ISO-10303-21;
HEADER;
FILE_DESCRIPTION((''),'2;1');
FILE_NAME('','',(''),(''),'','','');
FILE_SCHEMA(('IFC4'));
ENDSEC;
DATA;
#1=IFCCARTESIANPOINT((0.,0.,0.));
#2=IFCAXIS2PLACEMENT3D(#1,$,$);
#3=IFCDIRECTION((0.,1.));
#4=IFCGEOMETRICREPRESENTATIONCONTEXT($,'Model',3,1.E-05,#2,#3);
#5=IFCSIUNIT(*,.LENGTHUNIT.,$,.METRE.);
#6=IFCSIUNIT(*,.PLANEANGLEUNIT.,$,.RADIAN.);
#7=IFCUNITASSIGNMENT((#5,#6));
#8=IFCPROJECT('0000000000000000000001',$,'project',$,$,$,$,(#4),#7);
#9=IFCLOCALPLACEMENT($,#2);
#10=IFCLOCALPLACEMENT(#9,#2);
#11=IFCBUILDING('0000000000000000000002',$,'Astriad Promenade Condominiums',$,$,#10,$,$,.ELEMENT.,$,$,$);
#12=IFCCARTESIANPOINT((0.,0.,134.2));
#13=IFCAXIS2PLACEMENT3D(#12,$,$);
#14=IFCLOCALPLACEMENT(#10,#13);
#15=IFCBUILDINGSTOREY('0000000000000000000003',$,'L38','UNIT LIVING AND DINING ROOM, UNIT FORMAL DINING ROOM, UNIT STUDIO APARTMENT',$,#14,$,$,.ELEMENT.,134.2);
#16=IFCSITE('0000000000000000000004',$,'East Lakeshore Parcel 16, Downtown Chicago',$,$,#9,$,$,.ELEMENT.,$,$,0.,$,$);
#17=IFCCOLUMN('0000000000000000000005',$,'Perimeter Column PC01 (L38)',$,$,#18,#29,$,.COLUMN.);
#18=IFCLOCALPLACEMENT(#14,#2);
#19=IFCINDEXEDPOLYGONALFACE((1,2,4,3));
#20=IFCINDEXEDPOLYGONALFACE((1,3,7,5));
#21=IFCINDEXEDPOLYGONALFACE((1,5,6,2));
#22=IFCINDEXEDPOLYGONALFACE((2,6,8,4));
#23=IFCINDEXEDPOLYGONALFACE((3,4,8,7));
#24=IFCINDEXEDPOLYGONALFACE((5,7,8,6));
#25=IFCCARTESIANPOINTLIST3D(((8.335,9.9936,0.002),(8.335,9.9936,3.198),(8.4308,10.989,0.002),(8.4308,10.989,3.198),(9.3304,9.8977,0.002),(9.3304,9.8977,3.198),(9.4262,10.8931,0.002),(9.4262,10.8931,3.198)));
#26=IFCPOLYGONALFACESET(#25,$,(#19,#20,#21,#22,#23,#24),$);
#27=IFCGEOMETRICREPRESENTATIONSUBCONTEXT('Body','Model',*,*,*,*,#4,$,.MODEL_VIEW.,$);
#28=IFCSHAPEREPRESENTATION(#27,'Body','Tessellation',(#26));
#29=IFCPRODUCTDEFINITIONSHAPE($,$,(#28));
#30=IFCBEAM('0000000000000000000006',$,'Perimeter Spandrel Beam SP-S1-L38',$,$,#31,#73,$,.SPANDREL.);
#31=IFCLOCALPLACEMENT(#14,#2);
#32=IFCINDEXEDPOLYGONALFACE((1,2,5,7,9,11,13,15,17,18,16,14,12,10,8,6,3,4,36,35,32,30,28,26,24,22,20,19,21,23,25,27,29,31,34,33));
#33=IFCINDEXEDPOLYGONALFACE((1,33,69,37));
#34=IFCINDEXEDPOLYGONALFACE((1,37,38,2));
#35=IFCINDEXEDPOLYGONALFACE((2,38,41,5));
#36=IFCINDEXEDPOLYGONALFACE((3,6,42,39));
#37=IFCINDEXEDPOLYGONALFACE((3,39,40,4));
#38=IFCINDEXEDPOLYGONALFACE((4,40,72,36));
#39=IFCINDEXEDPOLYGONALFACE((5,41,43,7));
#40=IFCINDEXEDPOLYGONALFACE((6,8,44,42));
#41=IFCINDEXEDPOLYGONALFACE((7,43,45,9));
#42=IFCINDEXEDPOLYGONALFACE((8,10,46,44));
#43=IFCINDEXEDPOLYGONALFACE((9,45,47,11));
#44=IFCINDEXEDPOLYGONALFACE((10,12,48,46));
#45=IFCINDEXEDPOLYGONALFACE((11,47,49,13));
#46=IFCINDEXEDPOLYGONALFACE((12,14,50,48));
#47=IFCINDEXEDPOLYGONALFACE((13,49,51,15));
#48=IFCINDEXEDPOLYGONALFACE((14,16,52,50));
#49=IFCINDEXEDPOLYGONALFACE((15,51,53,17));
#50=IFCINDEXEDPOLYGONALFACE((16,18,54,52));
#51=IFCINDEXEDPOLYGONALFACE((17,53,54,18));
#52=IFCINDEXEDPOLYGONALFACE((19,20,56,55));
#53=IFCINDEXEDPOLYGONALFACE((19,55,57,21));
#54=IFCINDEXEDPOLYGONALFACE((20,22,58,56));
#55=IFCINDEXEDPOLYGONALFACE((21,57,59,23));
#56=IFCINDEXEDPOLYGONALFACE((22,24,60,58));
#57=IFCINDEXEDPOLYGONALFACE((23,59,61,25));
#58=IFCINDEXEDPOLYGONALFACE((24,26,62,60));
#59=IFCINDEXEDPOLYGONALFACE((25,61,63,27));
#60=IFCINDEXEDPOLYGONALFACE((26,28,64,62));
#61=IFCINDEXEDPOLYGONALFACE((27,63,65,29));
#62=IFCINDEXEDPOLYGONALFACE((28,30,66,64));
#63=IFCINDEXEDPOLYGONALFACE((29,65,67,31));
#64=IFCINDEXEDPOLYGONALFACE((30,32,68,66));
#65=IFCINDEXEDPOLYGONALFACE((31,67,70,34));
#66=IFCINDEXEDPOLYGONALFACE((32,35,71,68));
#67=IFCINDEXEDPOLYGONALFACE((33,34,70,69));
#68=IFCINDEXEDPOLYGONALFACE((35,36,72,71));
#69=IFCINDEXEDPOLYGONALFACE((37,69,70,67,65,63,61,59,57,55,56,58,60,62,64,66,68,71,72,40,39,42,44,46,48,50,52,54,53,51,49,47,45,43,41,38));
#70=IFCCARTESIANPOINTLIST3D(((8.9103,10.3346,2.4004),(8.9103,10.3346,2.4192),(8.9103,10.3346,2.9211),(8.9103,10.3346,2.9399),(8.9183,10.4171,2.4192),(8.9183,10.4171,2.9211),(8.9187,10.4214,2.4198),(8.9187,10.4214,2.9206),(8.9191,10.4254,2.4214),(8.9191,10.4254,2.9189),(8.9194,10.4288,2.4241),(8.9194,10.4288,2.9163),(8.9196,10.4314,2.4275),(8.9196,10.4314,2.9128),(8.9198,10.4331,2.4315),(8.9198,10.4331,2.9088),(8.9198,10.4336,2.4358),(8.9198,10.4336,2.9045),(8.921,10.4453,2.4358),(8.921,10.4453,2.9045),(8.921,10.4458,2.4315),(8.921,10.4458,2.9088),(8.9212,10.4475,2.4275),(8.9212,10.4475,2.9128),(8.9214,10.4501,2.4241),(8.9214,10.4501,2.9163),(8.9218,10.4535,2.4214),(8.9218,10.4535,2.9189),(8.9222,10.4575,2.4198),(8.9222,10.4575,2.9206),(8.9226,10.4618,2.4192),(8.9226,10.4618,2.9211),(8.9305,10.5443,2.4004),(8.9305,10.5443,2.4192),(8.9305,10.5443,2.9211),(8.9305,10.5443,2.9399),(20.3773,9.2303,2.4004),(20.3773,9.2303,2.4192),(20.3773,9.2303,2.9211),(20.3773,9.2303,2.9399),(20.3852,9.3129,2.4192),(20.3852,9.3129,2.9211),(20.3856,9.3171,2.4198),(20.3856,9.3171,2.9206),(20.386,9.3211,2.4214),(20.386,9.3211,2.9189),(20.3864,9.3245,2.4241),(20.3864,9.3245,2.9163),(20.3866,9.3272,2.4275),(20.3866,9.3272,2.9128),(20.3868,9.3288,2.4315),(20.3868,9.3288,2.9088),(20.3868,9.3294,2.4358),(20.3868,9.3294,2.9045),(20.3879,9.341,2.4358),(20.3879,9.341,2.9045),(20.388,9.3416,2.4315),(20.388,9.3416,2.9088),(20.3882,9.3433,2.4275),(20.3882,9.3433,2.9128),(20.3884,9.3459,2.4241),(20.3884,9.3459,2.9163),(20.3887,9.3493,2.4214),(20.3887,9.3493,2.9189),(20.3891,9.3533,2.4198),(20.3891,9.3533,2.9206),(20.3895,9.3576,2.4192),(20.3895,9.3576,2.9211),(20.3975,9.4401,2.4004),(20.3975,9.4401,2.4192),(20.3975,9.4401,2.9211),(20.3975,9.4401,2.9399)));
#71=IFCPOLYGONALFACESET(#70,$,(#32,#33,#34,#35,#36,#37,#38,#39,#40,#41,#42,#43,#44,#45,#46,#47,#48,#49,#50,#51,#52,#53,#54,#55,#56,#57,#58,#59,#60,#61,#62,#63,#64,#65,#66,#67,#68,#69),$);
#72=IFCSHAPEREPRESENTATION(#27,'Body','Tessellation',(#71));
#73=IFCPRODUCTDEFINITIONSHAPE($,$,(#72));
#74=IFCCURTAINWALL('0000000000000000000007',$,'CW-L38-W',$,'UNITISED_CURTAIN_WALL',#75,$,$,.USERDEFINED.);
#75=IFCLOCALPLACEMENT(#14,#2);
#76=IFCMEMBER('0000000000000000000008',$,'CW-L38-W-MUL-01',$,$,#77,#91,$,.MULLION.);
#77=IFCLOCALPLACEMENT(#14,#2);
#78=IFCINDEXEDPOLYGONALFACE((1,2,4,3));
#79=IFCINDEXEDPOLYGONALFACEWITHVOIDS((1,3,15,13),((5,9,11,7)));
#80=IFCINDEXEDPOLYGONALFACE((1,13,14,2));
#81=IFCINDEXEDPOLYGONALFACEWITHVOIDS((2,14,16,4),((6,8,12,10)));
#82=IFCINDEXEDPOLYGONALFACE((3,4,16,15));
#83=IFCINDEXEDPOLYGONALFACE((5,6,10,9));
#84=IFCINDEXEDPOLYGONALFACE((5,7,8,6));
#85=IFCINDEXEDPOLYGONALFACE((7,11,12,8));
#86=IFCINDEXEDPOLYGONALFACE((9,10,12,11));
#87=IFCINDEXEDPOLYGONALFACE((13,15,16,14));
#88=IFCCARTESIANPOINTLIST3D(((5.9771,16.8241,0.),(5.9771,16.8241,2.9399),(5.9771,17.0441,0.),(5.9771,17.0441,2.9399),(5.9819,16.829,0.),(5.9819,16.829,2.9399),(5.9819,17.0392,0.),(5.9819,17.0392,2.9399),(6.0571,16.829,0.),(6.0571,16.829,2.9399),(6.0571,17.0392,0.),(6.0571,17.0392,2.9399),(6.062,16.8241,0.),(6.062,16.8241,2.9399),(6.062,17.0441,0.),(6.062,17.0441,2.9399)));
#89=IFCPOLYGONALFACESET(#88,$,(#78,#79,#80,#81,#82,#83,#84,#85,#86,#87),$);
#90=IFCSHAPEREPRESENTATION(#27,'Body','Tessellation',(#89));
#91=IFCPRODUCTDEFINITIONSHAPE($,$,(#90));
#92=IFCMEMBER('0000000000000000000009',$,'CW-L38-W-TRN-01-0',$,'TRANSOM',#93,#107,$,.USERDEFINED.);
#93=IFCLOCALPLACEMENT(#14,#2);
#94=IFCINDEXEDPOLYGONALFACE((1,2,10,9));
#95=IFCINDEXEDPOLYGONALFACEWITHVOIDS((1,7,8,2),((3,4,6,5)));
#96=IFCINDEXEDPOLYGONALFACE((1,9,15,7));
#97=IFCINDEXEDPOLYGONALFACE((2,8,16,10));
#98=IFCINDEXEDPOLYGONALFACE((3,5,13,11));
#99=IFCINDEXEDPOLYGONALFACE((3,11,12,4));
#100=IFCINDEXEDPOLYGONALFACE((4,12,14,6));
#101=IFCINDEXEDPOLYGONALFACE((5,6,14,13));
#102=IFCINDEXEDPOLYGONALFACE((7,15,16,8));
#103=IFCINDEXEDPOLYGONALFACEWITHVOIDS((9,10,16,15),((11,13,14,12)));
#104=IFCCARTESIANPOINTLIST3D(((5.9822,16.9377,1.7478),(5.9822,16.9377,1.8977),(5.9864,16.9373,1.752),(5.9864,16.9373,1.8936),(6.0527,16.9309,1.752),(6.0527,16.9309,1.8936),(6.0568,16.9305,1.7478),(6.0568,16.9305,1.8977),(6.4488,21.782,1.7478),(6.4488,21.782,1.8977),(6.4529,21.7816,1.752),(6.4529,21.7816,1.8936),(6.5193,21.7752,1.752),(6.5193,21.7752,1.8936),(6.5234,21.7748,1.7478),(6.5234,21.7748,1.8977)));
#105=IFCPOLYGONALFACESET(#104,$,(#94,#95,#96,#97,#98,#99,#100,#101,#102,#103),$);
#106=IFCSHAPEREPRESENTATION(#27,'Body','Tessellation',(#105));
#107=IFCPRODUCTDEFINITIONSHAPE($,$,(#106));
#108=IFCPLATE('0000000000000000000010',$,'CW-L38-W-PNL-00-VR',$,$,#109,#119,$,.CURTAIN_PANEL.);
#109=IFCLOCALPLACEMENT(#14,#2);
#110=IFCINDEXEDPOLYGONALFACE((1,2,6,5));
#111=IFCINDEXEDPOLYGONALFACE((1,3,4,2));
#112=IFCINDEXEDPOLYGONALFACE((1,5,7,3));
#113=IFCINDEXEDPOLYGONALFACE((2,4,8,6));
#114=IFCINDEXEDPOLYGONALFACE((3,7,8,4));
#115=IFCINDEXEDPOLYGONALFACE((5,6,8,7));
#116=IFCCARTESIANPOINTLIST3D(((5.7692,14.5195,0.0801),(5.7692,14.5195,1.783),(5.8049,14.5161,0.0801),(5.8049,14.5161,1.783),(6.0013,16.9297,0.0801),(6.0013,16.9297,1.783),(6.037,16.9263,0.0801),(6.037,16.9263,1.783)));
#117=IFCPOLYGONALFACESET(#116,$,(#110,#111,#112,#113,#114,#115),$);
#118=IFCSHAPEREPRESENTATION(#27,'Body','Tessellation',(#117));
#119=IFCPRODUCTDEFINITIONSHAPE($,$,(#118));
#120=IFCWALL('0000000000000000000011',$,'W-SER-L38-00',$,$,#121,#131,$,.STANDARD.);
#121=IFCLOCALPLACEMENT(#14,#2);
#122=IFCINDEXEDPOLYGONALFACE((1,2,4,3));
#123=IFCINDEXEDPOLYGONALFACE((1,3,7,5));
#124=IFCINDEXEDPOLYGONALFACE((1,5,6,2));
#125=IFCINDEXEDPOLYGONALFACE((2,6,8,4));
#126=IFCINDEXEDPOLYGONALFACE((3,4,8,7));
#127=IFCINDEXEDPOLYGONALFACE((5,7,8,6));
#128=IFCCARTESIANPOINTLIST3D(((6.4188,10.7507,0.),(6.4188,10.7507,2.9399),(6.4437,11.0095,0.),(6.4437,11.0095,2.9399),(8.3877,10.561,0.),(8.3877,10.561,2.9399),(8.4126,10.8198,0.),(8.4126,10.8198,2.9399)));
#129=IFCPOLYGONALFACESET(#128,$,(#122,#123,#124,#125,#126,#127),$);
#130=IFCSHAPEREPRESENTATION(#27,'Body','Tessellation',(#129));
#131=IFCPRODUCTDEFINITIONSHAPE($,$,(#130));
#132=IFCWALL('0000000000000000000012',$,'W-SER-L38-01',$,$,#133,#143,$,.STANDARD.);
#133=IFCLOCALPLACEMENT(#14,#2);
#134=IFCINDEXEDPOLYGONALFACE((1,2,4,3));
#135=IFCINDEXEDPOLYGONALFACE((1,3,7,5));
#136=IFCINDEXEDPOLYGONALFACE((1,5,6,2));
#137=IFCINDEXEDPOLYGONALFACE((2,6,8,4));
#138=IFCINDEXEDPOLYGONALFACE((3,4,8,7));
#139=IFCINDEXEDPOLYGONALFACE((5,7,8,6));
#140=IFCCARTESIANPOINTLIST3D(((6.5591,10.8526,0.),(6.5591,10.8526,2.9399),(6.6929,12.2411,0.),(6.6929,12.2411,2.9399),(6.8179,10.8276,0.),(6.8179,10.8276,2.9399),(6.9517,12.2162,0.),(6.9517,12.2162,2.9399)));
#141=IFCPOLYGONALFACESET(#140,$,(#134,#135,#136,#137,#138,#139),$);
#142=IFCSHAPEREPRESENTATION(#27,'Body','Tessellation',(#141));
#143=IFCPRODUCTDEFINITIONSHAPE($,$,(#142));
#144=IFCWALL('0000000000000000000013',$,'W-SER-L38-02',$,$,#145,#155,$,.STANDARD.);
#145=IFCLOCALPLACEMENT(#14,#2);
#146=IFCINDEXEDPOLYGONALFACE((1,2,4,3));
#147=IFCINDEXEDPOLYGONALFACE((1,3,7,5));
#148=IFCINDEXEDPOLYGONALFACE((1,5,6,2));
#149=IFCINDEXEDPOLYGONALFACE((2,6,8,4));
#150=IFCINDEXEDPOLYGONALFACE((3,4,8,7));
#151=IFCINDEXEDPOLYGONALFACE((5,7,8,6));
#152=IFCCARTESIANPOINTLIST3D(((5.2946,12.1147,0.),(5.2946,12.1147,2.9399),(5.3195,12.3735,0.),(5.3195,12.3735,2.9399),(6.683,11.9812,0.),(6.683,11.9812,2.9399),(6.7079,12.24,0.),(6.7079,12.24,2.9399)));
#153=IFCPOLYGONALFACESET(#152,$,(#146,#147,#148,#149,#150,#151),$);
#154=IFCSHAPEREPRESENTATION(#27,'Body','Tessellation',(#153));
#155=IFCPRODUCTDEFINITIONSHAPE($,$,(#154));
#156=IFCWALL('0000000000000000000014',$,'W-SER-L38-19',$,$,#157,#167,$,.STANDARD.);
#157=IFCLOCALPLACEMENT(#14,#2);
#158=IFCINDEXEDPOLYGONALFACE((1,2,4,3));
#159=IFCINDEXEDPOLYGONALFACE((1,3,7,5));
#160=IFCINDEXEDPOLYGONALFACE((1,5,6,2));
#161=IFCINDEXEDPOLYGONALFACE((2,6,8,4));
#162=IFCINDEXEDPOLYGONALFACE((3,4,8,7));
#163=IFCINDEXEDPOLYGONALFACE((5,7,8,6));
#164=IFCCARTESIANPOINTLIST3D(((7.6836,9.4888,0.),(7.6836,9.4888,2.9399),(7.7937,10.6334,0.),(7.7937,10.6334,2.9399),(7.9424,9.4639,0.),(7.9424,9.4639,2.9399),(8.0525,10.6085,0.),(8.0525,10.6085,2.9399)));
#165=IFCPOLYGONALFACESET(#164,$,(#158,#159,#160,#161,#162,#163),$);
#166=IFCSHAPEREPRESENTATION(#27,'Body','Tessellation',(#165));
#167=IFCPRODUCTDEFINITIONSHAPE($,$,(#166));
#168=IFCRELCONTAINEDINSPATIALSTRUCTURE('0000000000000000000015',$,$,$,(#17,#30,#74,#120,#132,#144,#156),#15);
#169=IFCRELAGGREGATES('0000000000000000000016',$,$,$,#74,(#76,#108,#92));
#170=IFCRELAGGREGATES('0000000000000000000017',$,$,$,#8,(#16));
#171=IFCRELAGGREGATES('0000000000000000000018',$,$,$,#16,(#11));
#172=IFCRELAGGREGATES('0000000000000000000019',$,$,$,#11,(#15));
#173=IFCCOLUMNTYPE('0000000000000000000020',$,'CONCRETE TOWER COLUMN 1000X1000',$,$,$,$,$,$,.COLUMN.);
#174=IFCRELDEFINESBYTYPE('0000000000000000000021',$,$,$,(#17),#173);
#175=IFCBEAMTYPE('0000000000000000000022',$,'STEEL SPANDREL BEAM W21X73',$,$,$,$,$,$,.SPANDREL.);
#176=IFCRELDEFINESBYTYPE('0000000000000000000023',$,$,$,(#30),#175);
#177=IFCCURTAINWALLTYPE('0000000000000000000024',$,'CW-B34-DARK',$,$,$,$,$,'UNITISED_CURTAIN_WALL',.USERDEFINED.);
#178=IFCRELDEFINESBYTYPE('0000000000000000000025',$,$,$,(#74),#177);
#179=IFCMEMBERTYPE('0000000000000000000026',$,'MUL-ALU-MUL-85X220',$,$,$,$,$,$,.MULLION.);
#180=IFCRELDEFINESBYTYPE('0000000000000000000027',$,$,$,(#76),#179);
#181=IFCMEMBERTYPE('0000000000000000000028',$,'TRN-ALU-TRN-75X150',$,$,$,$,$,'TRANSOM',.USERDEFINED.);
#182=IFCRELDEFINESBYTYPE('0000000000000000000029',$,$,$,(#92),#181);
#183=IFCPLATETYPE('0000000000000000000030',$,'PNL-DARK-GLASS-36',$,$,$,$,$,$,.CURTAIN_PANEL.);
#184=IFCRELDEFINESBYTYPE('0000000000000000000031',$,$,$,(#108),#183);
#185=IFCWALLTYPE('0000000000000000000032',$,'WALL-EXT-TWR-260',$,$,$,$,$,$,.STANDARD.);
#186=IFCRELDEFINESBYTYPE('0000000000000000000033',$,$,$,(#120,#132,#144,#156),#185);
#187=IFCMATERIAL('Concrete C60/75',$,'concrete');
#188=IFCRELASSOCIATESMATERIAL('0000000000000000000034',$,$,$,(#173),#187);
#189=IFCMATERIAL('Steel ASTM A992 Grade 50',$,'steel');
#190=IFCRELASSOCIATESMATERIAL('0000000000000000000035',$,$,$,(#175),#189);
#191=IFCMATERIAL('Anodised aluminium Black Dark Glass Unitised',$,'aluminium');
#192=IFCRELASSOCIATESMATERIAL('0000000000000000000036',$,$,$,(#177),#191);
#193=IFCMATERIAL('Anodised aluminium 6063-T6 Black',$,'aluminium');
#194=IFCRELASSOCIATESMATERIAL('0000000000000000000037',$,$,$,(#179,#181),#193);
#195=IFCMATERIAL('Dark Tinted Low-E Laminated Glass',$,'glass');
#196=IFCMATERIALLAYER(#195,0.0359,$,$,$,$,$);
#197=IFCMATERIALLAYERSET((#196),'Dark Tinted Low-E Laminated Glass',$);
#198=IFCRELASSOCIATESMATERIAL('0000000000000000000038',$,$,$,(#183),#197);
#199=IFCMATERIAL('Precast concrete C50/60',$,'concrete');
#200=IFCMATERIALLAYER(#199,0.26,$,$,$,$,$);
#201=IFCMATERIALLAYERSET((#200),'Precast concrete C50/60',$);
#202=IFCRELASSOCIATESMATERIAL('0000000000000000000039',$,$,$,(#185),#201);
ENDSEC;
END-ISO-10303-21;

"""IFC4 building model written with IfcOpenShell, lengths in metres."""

from ifc_helpers import new_model, si_unit, direction, frame, frame_2d, origin, origin_2d, place, context, subcontext, project, spatial, rectangle, hollow_rectangle, i_section, extrude, source, transform, mapped, material, layer, layer_set, material_profile, profile_set, type_object, type_shapes, element, aggregate, save


model = new_model("IFC4")

# Units and contexts
model_context = context("Model", 3, precision=1e-05, world=origin(), true_north=direction((0.0, 1.0)))
body_context = subcontext(model_context, "Body", "Model", "MODEL_VIEW")
ifc_project = project(units=[si_unit("LENGTHUNIT", "METRE"), si_unit("PLANEANGLEUNIT", "RADIAN")], contexts=[model_context])

# Site, building, storey
site_placement = place(None, origin())
site = spatial("IfcSite", under=ifc_project, at=site_placement, Name="East Lakeshore Parcel 16, Downtown Chicago", CompositionType="ELEMENT", RefElevation=0.0)
building_placement = place(site_placement, origin())
building = spatial("IfcBuilding", under=site, at=building_placement, Name="Astriad Promenade Condominiums", CompositionType="ELEMENT")
storey_placement = place(building_placement, frame((0.0, 0.0, 134.2)))
storey = spatial("IfcBuildingStorey", under=building, at=storey_placement, Name="L38", Description="UNIT LIVING AND DINING ROOM, UNIT FORMAL DINING ROOM, UNIT STUDIO APARTMENT", CompositionType="ELEMENT", Elevation=134.2)

# Column
ifc_material_1 = material(Name="Concrete C60/75", Category="concrete")
ifc_material_profile_1 = material_profile(ifc_material_1, rectangle(XDim=1.0, YDim=1.0, at=origin_2d()), Name="RC-COL-1000X1000")
ifc_profile_set_1 = profile_set([ifc_material_profile_1], Name="Concrete C60/75")
column_type = type_object("IfcColumnType", Name="CONCRETE TOWER COLUMN 1000X1000", PredefinedType="COLUMN", material=ifc_profile_set_1)
shared_shape_1 = source(origin(), body_context, "Body", "SweptSolid", [
    extrude(rectangle(XDim=1.0, YDim=1.0, at=origin_2d()), origin(), (0.0, 0.0, 1.0), 3.196),
])
type_shapes(column_type, [shared_shape_1])
column_placement = place(storey_placement, frame((8.8806, 10.4434, 0.002), z_axis=(0.0, 0.0, 1.0), x_axis=(0.995396, -0.095846, 0.0)))
element("IfcColumn", 1, at=column_placement, inside=storey, type_object=column_type, Name="Perimeter Column PC01 (L38)", PredefinedType="COLUMN", context=body_context, shape_type="MappedRepresentation", body=[
    mapped(shared_shape_1, transform((0.0, 0.0, 0.0), scale=1.0)),
])

# Beam
ifc_material_2 = material(Name="Steel ASTM A992 Grade 50", Category="steel")
ifc_material_profile_2 = material_profile(ifc_material_2, i_section(OverallWidth=0.2107, OverallDepth=0.5396, WebThickness=0.0117, FlangeThickness=0.0188, FilletRadius=0.0166, at=origin_2d()), Name="W21X73")
ifc_profile_set_2 = profile_set([ifc_material_profile_2], Name="Steel ASTM A992 Grade 50")
beam_type = type_object("IfcBeamType", Name="STEEL SPANDREL BEAM W21X73", PredefinedType="SPANDREL", material=ifc_profile_set_2)
shared_shape_2 = source(origin(), body_context, "Body", "SweptSolid", [
    extrude(i_section(OverallWidth=0.2107, OverallDepth=0.5396, WebThickness=0.0117, FlangeThickness=0.0188, FilletRadius=0.0166, at=origin_2d()), origin(), (0.0, 0.0, 1.0), 11.52),
])
type_shapes(beam_type, [shared_shape_2])
beam_placement = place(storey_placement, frame((8.9204, 10.4395, 2.6702), z_axis=(0.995395, -0.095854, 0.0), x_axis=(0.095854, 0.995395, 0.0)))
element("IfcBeam", 2, at=beam_placement, inside=storey, type_object=beam_type, Name="Perimeter Spandrel Beam SP-S1-L38", PredefinedType="SPANDREL", context=body_context, shape_type="MappedRepresentation", body=[
    mapped(shared_shape_2, transform((0.0, 0.0, 0.0), scale=1.0)),
])

# Curtain wall, members, plate
ifc_material_3 = material(Name="Anodised aluminium Black Dark Glass Unitised", Category="aluminium")
curtain_wall_type = type_object("IfcCurtainWallType", Name="CW-B34-DARK", ElementType="UNITISED_CURTAIN_WALL", PredefinedType="USERDEFINED", material=ifc_material_3)
curtain_wall_placement = place(storey_placement, origin())
curtain_wall = element("IfcCurtainWall", 3, at=curtain_wall_placement, inside=storey, type_object=curtain_wall_type, Name="CW-L38-W", ObjectType="UNITISED_CURTAIN_WALL", PredefinedType="USERDEFINED")
ifc_material_4 = material(Name="Anodised aluminium 6063-T6 Black", Category="aluminium")
ifc_material_profile_3 = material_profile(ifc_material_4, hollow_rectangle(XDim=0.085, YDim=0.22, WallThickness=0.0049, at=origin_2d()), Name="ALU-MUL-85X220")
ifc_profile_set_3 = profile_set([ifc_material_profile_3], Name="Anodised aluminium 6063-T6 Black")
member_type_1 = type_object("IfcMemberType", Name="MUL-ALU-MUL-85X220", PredefinedType="MULLION", material=ifc_profile_set_3)
shared_shape_3 = source(origin(), body_context, "Body", "SweptSolid", [
    extrude(hollow_rectangle(XDim=0.085, YDim=0.22, WallThickness=0.0049, at=origin_2d()), origin(), (0.0, 0.0, 1.0), 2.9399),
])
type_shapes(member_type_1, [shared_shape_3])
member_1_placement = place(storey_placement, frame((6.0195, 16.9341, 0.0), z_axis=(0.0, 0.0, 1.0), x_axis=(1.0, 0.0, 0.0)))
member_1 = element("IfcMember", 4, at=member_1_placement, type_object=member_type_1, Name="CW-L38-W-MUL-01", PredefinedType="MULLION", context=body_context, shape_type="MappedRepresentation", body=[
    mapped(shared_shape_3, transform((0.0, 0.0, 0.0), scale=1.0)),
])
ifc_material_profile_4 = material_profile(ifc_material_4, hollow_rectangle(XDim=0.075, YDim=0.1499, WallThickness=0.0042, at=origin_2d()), Name="ALU-TRN-75X150")
ifc_profile_set_4 = profile_set([ifc_material_profile_4], Name="Anodised aluminium 6063-T6 Black")
member_type_2 = type_object("IfcMemberType", Name="TRN-ALU-TRN-75X150", ElementType="TRANSOM", PredefinedType="USERDEFINED", material=ifc_profile_set_4)
shared_shape_4 = source(origin(), body_context, "Body", "SweptSolid", [
    extrude(hollow_rectangle(XDim=0.075, YDim=0.1499, WallThickness=0.0042, at=origin_2d()), origin(), (0.0, 0.0, 1.0), 4.8667),
])
type_shapes(member_type_2, [shared_shape_4])
member_2_placement = place(storey_placement, frame((6.0195, 16.9341, 1.8228), z_axis=(0.095867, 0.995394, 0.0), x_axis=(-0.995394, 0.095867, 0.0)))
member_2 = element("IfcMember", 5, at=member_2_placement, type_object=member_type_2, Name="CW-L38-W-TRN-01-0", ObjectType="TRANSOM", PredefinedType="USERDEFINED", context=body_context, shape_type="MappedRepresentation", body=[
    mapped(shared_shape_4, transform((0.0, 0.0, 0.0), scale=1.0)),
])
ifc_material_5 = material(Name="Dark Tinted Low-E Laminated Glass", Category="glass")
ifc_layer_1 = layer(ifc_material_5, 0.0359)
ifc_layer_set_1 = layer_set([ifc_layer_1], Name="Dark Tinted Low-E Laminated Glass")
plate_type = type_object("IfcPlateType", Name="PNL-DARK-GLASS-36", PredefinedType="CURTAIN_PANEL", material=ifc_layer_set_1)
shared_shape_5 = source(origin(), body_context, "Body", "SweptSolid", [
    extrude(rectangle(XDim=2.4214, YDim=0.0359, at=origin_2d()), origin(), (0.0, 0.0, 1.0), 1.7029),
])
type_shapes(plate_type, [shared_shape_5])
plate_placement = place(storey_placement, frame((5.9031, 15.7229, 0.0801), z_axis=(0.0, 0.0, 1.0), x_axis=(0.095846, 0.995396, 0.0)))
plate = element("IfcPlate", 6, at=plate_placement, type_object=plate_type, Name="CW-L38-W-PNL-00-VR", PredefinedType="CURTAIN_PANEL", context=body_context, shape_type="MappedRepresentation", body=[
    mapped(shared_shape_5, transform((0.0, 0.0, 0.0), scale=1.0)),
])
aggregate(curtain_wall, [member_1, plate, member_2])

# Walls
ifc_material_6 = material(Name="Precast concrete C50/60", Category="concrete")
ifc_layer_2 = layer(ifc_material_6, 0.26)
ifc_layer_set_2 = layer_set([ifc_layer_2], Name="Precast concrete C50/60")
wall_type_1 = type_object("IfcWallType", Name="WALL-EXT-TWR-260", PredefinedType="STANDARD", material=ifc_layer_set_2)
wall_1_placement = place(storey_placement, frame((8.4001, 10.6904, 0.0), z_axis=(0.0, 0.0, 1.0), x_axis=(-0.995391, 0.095898, 0.0)))
element("IfcWall", 7, at=wall_1_placement, inside=storey, type_object=wall_type_1, Name="W-SER-L38-00", PredefinedType="STANDARD", context=body_context, shape_type="SweptSolid", body=[
    extrude(rectangle(XDim=1.978, YDim=0.26, at=frame_2d((0.989, 0.0))), origin(), (0.0, 0.0, 1.0), 2.9399),
])
wall_2_placement = place(storey_placement, frame((6.6885, 10.8401, 0.0), z_axis=(0.0, 0.0, 1.0), x_axis=(0.095899, 0.995391, 0.0)))
element("IfcWall", 8, at=wall_2_placement, inside=storey, type_object=wall_type_1, Name="W-SER-L38-01", PredefinedType="STANDARD", context=body_context, shape_type="SweptSolid", body=[
    extrude(rectangle(XDim=1.395, YDim=0.26, at=frame_2d((0.6975, 0.0))), origin(), (0.0, 0.0, 1.0), 2.9399),
])
wall_3_placement = place(storey_placement, frame((6.6953, 12.1106, 0.0), z_axis=(0.0, 0.0, 1.0), x_axis=(-0.995406, 0.095742, 0.0)))
element("IfcWall", 9, at=wall_3_placement, inside=storey, type_object=wall_type_1, Name="W-SER-L38-02", PredefinedType="STANDARD", context=body_context, shape_type="SweptSolid", body=[
    extrude(rectangle(XDim=1.3948, YDim=0.26, at=frame_2d((0.6973, 0.0))), origin(), (0.0, 0.0, 1.0), 2.9399),
])
wall_4_placement = place(storey_placement, frame((7.813, 9.4763, 0.0), z_axis=(0.0, 0.0, 1.0), x_axis=(0.095761, 0.995404, 0.0)))
element("IfcWall", 10, at=wall_4_placement, inside=storey, type_object=wall_type_1, Name="W-SER-L38-19", PredefinedType="STANDARD", context=body_context, shape_type="SweptSolid", body=[
    extrude(rectangle(XDim=1.1499, YDim=0.26, at=frame_2d((0.575, 0.0))), origin(), (0.0, 0.0, 1.0), 2.9399),
])

save(model, "model.ifc")
